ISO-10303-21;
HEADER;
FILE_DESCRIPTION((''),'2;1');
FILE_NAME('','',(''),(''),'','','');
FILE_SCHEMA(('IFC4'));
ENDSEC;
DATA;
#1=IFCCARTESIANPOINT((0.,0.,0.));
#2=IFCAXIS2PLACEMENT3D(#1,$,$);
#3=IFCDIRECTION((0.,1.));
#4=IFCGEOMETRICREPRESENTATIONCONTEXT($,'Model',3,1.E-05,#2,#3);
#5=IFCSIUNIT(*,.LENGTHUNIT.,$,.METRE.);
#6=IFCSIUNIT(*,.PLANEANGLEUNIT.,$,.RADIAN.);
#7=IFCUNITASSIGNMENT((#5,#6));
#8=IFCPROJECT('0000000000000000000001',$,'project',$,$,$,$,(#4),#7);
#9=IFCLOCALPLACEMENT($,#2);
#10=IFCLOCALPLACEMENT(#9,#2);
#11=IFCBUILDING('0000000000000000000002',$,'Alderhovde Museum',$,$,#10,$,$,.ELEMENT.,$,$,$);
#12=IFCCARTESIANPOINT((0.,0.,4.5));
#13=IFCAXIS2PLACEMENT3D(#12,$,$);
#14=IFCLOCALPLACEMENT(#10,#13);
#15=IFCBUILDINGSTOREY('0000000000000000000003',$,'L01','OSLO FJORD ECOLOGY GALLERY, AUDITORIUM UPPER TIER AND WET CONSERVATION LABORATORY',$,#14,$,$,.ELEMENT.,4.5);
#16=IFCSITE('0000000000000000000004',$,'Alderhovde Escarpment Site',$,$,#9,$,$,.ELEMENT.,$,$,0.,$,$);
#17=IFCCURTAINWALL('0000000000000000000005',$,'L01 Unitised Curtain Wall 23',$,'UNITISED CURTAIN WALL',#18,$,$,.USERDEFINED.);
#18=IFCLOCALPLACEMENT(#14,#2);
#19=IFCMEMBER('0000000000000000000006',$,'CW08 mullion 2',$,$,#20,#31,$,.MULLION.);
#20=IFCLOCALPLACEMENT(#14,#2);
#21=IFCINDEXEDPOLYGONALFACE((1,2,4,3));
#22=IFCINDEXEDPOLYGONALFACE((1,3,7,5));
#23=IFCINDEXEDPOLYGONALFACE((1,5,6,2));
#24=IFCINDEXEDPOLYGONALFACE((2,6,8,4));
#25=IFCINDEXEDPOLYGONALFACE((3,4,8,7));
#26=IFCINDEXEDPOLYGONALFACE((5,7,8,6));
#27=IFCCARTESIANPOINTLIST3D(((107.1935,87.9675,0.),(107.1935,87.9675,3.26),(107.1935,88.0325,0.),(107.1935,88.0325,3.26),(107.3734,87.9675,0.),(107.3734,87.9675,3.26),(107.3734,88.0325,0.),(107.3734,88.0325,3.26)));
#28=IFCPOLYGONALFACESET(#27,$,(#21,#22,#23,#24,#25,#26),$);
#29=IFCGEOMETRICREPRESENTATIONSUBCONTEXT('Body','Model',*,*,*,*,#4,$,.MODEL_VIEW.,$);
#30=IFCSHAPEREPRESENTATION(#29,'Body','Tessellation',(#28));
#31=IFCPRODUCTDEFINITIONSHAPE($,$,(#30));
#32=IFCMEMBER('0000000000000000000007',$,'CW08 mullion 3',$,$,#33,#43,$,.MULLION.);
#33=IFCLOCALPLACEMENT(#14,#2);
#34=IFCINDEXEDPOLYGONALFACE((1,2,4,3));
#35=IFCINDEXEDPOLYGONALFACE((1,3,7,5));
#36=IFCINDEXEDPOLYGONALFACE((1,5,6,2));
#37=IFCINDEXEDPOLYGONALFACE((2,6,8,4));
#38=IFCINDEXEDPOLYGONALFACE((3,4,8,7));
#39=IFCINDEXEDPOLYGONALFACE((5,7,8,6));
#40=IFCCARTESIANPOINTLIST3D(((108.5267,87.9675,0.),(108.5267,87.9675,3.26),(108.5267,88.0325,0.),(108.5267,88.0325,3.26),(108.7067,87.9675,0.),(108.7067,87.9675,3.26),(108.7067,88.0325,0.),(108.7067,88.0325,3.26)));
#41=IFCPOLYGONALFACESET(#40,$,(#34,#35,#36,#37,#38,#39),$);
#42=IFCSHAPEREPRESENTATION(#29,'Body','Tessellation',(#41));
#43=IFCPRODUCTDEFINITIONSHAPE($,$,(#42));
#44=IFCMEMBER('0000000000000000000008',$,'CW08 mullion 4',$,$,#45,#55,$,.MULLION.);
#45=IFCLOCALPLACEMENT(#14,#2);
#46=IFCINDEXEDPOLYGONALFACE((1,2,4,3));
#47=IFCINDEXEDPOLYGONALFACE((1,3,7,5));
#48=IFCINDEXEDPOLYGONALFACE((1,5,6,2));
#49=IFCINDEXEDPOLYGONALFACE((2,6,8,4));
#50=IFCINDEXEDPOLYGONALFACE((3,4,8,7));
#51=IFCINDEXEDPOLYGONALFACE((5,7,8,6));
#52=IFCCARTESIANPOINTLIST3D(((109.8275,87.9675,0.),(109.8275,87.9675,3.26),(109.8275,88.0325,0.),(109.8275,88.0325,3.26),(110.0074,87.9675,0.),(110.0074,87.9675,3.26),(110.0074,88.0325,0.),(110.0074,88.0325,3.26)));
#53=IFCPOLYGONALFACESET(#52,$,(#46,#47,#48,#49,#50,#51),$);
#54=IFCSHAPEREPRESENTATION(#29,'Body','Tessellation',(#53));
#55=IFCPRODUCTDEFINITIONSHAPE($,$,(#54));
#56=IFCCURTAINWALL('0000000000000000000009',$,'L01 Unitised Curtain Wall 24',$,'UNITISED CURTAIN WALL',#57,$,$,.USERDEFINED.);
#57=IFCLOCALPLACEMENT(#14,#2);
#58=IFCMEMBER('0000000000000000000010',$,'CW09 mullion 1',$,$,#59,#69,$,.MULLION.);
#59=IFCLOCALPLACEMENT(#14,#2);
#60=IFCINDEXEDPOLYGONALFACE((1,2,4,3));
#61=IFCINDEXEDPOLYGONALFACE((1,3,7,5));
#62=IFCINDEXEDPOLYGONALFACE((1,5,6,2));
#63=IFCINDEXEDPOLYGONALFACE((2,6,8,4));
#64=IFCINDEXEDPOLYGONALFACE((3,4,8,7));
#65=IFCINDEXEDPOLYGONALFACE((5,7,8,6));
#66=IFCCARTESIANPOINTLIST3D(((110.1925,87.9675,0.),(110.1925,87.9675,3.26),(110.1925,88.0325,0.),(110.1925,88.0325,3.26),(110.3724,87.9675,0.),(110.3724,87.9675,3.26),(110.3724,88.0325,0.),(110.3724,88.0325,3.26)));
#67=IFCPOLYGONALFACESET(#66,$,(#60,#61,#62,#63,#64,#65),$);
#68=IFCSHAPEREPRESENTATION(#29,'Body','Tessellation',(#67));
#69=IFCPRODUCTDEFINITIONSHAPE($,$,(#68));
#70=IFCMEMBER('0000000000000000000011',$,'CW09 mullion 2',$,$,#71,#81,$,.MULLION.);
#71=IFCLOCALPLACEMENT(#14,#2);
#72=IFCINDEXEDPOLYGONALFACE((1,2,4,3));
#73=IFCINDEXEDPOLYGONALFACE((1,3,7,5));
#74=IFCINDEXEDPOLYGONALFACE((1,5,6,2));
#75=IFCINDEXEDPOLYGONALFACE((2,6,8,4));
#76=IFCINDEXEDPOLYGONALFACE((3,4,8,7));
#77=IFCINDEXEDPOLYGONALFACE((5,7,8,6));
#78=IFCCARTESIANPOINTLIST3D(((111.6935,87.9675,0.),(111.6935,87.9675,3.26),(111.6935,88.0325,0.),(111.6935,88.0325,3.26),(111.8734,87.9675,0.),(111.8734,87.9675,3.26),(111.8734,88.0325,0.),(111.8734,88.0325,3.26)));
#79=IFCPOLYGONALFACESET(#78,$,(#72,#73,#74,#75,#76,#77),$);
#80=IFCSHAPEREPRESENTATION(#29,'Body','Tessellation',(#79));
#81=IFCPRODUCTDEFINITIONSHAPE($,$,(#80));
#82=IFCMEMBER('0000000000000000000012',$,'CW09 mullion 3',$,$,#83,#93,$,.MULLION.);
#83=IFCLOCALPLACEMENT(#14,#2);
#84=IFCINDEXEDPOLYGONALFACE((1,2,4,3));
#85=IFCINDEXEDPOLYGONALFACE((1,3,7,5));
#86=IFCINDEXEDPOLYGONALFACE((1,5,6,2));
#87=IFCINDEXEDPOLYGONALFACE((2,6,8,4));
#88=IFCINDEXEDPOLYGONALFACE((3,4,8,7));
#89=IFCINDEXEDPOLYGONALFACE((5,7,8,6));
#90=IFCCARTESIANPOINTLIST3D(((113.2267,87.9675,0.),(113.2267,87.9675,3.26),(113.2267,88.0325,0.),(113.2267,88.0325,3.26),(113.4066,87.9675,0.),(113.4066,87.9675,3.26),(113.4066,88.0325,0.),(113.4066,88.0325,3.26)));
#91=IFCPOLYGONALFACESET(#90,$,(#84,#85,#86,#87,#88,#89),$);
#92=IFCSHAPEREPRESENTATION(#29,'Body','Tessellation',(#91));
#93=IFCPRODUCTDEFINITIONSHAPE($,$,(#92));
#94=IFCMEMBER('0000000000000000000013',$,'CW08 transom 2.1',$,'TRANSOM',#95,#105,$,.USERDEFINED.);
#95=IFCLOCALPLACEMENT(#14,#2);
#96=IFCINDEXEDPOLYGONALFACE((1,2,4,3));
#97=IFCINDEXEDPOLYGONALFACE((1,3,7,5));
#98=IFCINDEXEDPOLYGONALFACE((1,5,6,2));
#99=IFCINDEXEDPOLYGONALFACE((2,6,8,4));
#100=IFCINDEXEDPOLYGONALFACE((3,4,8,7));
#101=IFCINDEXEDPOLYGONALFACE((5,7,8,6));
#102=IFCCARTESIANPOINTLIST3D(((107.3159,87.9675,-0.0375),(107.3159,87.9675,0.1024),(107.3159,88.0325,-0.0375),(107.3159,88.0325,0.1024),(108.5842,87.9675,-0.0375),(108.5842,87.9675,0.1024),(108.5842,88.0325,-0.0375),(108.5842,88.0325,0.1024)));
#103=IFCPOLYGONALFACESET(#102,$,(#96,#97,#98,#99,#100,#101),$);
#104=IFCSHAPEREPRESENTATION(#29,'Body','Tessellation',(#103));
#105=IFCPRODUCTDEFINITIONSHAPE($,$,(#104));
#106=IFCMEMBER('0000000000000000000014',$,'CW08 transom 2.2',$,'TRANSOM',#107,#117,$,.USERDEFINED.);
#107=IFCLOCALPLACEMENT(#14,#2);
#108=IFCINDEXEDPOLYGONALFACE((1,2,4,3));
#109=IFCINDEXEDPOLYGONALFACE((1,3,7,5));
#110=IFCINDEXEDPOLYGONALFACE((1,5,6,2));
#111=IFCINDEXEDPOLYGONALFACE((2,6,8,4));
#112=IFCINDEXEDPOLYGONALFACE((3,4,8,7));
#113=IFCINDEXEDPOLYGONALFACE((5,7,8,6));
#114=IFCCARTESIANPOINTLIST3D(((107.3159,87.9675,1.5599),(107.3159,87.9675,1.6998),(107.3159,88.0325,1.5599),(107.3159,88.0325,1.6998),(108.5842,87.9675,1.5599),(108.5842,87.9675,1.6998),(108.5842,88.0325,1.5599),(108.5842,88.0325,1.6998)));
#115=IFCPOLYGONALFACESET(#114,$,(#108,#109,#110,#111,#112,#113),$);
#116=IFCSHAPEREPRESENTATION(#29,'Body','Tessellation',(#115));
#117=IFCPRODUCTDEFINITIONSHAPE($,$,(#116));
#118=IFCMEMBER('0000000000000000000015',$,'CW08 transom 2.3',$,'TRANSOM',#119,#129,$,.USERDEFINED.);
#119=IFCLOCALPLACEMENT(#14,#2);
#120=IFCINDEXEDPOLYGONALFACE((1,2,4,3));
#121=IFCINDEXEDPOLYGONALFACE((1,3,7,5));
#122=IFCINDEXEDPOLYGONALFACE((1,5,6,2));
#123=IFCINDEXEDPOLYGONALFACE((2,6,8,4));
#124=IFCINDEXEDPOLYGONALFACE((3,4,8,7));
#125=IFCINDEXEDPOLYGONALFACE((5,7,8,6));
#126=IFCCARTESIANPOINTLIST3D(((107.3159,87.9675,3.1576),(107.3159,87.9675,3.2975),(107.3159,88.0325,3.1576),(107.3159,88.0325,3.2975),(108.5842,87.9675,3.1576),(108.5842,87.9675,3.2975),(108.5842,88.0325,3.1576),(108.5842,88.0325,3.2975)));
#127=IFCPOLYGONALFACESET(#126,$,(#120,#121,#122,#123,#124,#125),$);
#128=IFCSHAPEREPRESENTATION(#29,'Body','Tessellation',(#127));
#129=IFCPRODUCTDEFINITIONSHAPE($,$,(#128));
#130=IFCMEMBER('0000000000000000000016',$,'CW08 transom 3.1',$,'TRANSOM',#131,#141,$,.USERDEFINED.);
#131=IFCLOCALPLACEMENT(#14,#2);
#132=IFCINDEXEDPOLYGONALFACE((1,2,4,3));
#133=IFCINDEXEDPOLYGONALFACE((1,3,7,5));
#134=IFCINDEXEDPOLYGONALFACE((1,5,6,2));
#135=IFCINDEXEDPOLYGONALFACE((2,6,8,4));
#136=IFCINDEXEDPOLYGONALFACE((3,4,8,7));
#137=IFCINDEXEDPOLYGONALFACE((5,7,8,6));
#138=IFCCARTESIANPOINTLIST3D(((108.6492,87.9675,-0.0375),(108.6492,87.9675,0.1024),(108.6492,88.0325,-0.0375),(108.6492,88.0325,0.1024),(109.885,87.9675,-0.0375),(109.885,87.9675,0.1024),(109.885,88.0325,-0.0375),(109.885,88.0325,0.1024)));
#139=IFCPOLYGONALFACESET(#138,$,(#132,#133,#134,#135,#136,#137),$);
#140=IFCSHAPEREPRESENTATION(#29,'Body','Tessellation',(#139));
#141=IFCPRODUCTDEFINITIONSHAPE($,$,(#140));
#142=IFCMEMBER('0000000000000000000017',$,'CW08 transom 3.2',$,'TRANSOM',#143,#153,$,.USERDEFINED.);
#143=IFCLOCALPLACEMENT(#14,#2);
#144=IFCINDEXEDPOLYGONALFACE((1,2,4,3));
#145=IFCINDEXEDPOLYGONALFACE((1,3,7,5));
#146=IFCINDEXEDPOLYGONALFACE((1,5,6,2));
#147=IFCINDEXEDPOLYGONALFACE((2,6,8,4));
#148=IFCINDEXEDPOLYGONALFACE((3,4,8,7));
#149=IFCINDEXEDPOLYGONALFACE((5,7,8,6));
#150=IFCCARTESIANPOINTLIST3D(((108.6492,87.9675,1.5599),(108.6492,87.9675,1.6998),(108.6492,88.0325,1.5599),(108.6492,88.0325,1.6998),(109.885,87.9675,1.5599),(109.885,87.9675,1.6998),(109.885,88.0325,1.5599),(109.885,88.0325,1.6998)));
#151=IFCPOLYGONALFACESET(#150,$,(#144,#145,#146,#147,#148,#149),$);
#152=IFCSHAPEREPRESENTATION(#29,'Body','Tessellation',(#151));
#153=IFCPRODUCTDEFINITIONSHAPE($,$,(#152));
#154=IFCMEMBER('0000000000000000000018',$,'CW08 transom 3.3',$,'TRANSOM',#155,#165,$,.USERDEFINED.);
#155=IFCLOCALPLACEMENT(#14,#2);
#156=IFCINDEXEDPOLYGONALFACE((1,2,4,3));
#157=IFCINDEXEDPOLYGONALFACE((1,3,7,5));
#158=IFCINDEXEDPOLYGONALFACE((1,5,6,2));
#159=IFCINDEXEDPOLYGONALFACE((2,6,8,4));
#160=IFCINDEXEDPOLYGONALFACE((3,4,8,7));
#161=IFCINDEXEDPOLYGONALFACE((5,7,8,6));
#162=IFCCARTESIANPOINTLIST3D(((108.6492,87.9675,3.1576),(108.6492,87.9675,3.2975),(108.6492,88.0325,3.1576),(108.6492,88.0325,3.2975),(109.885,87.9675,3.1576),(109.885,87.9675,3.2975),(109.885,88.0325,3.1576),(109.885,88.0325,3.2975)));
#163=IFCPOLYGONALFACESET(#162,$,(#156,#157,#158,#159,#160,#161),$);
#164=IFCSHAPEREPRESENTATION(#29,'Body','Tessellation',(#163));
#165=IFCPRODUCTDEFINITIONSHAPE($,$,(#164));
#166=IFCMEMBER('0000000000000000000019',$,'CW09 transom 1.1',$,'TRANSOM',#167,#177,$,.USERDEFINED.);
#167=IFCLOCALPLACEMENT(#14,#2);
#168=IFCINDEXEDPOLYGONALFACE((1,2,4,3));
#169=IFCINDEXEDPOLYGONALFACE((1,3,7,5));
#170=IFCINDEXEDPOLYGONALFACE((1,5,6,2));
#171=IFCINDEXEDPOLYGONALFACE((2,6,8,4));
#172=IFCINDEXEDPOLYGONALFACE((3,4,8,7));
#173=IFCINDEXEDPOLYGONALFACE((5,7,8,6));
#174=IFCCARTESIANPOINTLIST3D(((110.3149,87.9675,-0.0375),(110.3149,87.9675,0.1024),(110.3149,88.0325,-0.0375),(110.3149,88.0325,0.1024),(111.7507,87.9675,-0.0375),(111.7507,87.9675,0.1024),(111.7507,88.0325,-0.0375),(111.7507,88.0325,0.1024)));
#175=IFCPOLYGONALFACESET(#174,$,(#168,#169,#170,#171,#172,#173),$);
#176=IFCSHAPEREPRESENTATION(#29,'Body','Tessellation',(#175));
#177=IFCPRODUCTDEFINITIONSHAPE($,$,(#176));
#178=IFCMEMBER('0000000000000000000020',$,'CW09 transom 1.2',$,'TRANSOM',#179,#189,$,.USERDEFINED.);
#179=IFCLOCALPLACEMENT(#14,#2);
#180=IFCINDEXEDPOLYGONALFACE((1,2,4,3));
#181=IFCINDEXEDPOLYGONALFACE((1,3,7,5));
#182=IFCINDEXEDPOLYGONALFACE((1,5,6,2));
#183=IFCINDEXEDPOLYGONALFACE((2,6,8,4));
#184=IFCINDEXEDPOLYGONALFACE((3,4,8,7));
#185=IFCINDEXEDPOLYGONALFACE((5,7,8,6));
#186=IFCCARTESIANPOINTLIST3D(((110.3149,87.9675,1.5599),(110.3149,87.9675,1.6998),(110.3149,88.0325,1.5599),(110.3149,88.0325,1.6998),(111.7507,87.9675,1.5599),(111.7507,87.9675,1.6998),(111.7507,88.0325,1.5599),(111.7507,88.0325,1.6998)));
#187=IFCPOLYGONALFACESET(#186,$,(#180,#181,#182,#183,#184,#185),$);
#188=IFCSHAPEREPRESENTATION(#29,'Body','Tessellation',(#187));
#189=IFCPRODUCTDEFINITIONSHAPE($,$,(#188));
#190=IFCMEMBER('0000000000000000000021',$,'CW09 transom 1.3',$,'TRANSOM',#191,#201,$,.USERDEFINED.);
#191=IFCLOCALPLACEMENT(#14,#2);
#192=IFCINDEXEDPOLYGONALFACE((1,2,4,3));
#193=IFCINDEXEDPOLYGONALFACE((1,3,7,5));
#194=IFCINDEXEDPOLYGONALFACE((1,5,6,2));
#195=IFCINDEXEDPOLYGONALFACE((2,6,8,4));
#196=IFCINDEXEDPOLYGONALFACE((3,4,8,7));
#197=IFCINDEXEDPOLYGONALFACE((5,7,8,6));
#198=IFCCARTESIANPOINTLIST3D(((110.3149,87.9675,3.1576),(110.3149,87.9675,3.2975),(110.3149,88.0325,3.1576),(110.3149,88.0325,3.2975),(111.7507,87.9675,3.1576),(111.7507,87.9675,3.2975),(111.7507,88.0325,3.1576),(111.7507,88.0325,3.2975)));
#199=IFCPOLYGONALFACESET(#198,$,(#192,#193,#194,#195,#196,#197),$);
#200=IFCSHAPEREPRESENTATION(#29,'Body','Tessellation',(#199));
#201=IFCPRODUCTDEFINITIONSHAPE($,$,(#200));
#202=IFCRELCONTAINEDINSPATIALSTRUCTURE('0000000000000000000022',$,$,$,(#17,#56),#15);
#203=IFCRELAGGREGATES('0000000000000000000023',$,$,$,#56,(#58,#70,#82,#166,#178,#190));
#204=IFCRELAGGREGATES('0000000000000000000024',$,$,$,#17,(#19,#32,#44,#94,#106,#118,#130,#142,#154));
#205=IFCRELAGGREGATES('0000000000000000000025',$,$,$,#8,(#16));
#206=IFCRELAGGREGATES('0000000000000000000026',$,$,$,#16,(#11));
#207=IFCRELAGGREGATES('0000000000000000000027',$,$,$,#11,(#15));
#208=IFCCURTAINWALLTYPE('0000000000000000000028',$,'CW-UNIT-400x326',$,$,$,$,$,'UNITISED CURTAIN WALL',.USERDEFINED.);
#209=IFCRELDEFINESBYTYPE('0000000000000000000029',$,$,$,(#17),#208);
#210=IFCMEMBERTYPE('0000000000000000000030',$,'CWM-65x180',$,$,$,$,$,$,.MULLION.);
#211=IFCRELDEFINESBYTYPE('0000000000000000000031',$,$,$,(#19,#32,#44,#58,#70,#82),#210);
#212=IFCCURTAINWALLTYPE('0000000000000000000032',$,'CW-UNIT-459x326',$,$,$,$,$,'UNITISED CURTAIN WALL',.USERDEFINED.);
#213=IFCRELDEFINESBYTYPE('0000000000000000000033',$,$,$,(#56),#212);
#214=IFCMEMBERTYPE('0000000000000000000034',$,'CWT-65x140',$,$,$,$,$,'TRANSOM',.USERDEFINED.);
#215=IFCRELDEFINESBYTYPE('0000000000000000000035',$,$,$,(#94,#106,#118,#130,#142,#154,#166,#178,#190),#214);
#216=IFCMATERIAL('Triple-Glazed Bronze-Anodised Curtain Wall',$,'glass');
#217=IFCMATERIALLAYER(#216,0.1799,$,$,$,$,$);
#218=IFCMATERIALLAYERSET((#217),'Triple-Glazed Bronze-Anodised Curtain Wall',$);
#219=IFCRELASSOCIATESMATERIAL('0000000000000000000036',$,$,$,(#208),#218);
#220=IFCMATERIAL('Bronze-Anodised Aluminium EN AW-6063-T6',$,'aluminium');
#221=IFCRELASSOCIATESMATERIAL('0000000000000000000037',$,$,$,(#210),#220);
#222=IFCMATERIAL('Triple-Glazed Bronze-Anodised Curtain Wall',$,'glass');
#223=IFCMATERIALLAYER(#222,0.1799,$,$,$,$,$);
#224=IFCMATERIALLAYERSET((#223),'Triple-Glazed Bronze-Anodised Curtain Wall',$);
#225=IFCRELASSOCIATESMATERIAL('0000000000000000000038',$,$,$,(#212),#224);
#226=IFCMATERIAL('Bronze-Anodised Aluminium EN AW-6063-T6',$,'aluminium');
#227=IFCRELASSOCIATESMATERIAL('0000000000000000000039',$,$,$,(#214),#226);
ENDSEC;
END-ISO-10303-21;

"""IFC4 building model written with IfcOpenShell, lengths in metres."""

from ifc_helpers import new_model, si_unit, direction, frame, origin, origin_2d, place, context, subcontext, project, spatial, rectangle, extrude, material, layer, layer_set, material_profile, profile_set, type_object, element, aggregate, save


model = new_model("IFC4")

# Units and contexts
model_context = context("Model", 3, precision=1e-05, world=origin(), true_north=direction((0.0, 1.0)))
body_context = subcontext(model_context, "Body", "Model", "MODEL_VIEW")
ifc_project = project(units=[si_unit("LENGTHUNIT", "METRE"), si_unit("PLANEANGLEUNIT", "RADIAN")], contexts=[model_context])

# Site, building, storey
site_placement = place(None, origin())
site = spatial("IfcSite", under=ifc_project, at=site_placement, Name="Alderhovde Escarpment Site", CompositionType="ELEMENT", RefElevation=0.0)
building_placement = place(site_placement, origin())
building = spatial("IfcBuilding", under=site, at=building_placement, Name="Alderhovde Museum", CompositionType="ELEMENT")
storey_placement = place(building_placement, frame((0.0, 0.0, 4.5)))
storey = spatial("IfcBuildingStorey", under=building, at=storey_placement, Name="L01", Description="OSLO FJORD ECOLOGY GALLERY, AUDITORIUM UPPER TIER AND WET CONSERVATION LABORATORY", CompositionType="ELEMENT", Elevation=4.5)

# Curtain walls, members
ifc_material_1 = material(Name="Triple-Glazed Bronze-Anodised Curtain Wall", Category="glass")
ifc_layer_1 = layer(ifc_material_1, 0.1799)
ifc_layer_set_1 = layer_set([ifc_layer_1], Name="Triple-Glazed Bronze-Anodised Curtain Wall")
curtain_wall_type_1 = type_object("IfcCurtainWallType", Name="CW-UNIT-400x326", ElementType="UNITISED CURTAIN WALL", PredefinedType="USERDEFINED", material=ifc_layer_set_1)
curtain_wall_1_placement = place(storey_placement, origin())
curtain_wall_1 = element("IfcCurtainWall", 1, at=curtain_wall_1_placement, inside=storey, type_object=curtain_wall_type_1, Name="L01 Unitised Curtain Wall 23", ObjectType="UNITISED CURTAIN WALL", PredefinedType="USERDEFINED")
ifc_material_2 = material(Name="Bronze-Anodised Aluminium EN AW-6063-T6", Category="aluminium")
ifc_material_profile_1 = material_profile(ifc_material_2, rectangle(XDim=0.0649, YDim=0.1799, at=origin_2d()), Name="MULLION 65x180")
ifc_profile_set_1 = profile_set([ifc_material_profile_1], Name="Bronze-Anodised Aluminium EN AW-6063-T6")
member_type_1 = type_object("IfcMemberType", Name="CWM-65x180", PredefinedType="MULLION", material=ifc_profile_set_1)
member_1_placement = place(storey_placement, frame((107.2834, 88.0, 0.0), z_axis=(0.0, 0.0, 1.0), x_axis=(0.0, 1.0, 0.0)))
member_1 = element("IfcMember", 2, at=member_1_placement, type_object=member_type_1, Name="CW08 mullion 2", PredefinedType="MULLION", context=body_context, shape_type="SweptSolid", body=[
    extrude(rectangle(XDim=0.0649, YDim=0.1799, at=origin_2d()), origin(), (0.0, 0.0, 1.0), 3.26),
])
member_2_placement = place(storey_placement, frame((108.6167, 88.0, 0.0), z_axis=(0.0, 0.0, 1.0), x_axis=(0.0, 1.0, 0.0)))
member_2 = element("IfcMember", 3, at=member_2_placement, type_object=member_type_1, Name="CW08 mullion 3", PredefinedType="MULLION", context=body_context, shape_type="SweptSolid", body=[
    extrude(rectangle(XDim=0.0649, YDim=0.1799, at=origin_2d()), origin(), (0.0, 0.0, 1.0), 3.26),
])
member_3_placement = place(storey_placement, frame((109.9175, 88.0, 0.0), z_axis=(0.0, 0.0, 1.0), x_axis=(0.0, 1.0, 0.0)))
member_3 = element("IfcMember", 4, at=member_3_placement, type_object=member_type_1, Name="CW08 mullion 4", PredefinedType="MULLION", context=body_context, shape_type="SweptSolid", body=[
    extrude(rectangle(XDim=0.0649, YDim=0.1799, at=origin_2d()), origin(), (0.0, 0.0, 1.0), 3.26),
])
ifc_material_3 = material(Name="Triple-Glazed Bronze-Anodised Curtain Wall", Category="glass")
ifc_layer_2 = layer(ifc_material_3, 0.1799)
ifc_layer_set_2 = layer_set([ifc_layer_2], Name="Triple-Glazed Bronze-Anodised Curtain Wall")
curtain_wall_type_2 = type_object("IfcCurtainWallType", Name="CW-UNIT-459x326", ElementType="UNITISED CURTAIN WALL", PredefinedType="USERDEFINED", material=ifc_layer_set_2)
curtain_wall_2_placement = place(storey_placement, origin())
curtain_wall_2 = element("IfcCurtainWall", 5, at=curtain_wall_2_placement, inside=storey, type_object=curtain_wall_type_2, Name="L01 Unitised Curtain Wall 24", ObjectType="UNITISED CURTAIN WALL", PredefinedType="USERDEFINED")
member_4_placement = place(storey_placement, frame((110.2825, 88.0, 0.0), z_axis=(0.0, 0.0, 1.0), x_axis=(0.0, 1.0, 0.0)))
member_4 = element("IfcMember", 6, at=member_4_placement, type_object=member_type_1, Name="CW09 mullion 1", PredefinedType="MULLION", context=body_context, shape_type="SweptSolid", body=[
    extrude(rectangle(XDim=0.0649, YDim=0.1799, at=origin_2d()), origin(), (0.0, 0.0, 1.0), 3.26),
])
member_5_placement = place(storey_placement, frame((111.7834, 88.0, 0.0), z_axis=(0.0, 0.0, 1.0), x_axis=(0.0, 1.0, 0.0)))
member_5 = element("IfcMember", 7, at=member_5_placement, type_object=member_type_1, Name="CW09 mullion 2", PredefinedType="MULLION", context=body_context, shape_type="SweptSolid", body=[
    extrude(rectangle(XDim=0.0649, YDim=0.1799, at=origin_2d()), origin(), (0.0, 0.0, 1.0), 3.26),
])
member_6_placement = place(storey_placement, frame((113.3167, 88.0, 0.0), z_axis=(0.0, 0.0, 1.0), x_axis=(0.0, 1.0, 0.0)))
member_6 = element("IfcMember", 8, at=member_6_placement, type_object=member_type_1, Name="CW09 mullion 3", PredefinedType="MULLION", context=body_context, shape_type="SweptSolid", body=[
    extrude(rectangle(XDim=0.0649, YDim=0.1799, at=origin_2d()), origin(), (0.0, 0.0, 1.0), 3.26),
])

# Members
ifc_material_4 = material(Name="Bronze-Anodised Aluminium EN AW-6063-T6", Category="aluminium")
ifc_material_profile_2 = material_profile(ifc_material_4, rectangle(XDim=0.0649, YDim=0.1399, at=origin_2d()), Name="TRANSOM 65x140")
ifc_profile_set_2 = profile_set([ifc_material_profile_2], Name="Bronze-Anodised Aluminium EN AW-6063-T6")
member_type_2 = type_object("IfcMemberType", Name="CWT-65x140", ElementType="TRANSOM", PredefinedType="USERDEFINED", material=ifc_profile_set_2)
member_7_placement = place(storey_placement, frame((107.3159, 88.0, 0.0325), z_axis=(1.0, 0.0, 0.0), x_axis=(0.0, 1.0, 0.0)))
member_7 = element("IfcMember", 9, at=member_7_placement, type_object=member_type_2, Name="CW08 transom 2.1", ObjectType="TRANSOM", PredefinedType="USERDEFINED", context=body_context, shape_type="SweptSolid", body=[
    extrude(rectangle(XDim=0.0649, YDim=0.1399, at=origin_2d()), origin(), (0.0, 0.0, 1.0), 1.2683),
])
member_8_placement = place(storey_placement, frame((107.3159, 88.0, 1.6299), z_axis=(1.0, 0.0, 0.0), x_axis=(0.0, 1.0, 0.0)))
member_8 = element("IfcMember", 10, at=member_8_placement, type_object=member_type_2, Name="CW08 transom 2.2", ObjectType="TRANSOM", PredefinedType="USERDEFINED", context=body_context, shape_type="SweptSolid", body=[
    extrude(rectangle(XDim=0.0649, YDim=0.1399, at=origin_2d()), origin(), (0.0, 0.0, 1.0), 1.2683),
])
member_9_placement = place(storey_placement, frame((107.3159, 88.0, 3.2275), z_axis=(1.0, 0.0, 0.0), x_axis=(0.0, 1.0, 0.0)))
member_9 = element("IfcMember", 11, at=member_9_placement, type_object=member_type_2, Name="CW08 transom 2.3", ObjectType="TRANSOM", PredefinedType="USERDEFINED", context=body_context, shape_type="SweptSolid", body=[
    extrude(rectangle(XDim=0.0649, YDim=0.1399, at=origin_2d()), origin(), (0.0, 0.0, 1.0), 1.2683),
])
member_10_placement = place(storey_placement, frame((108.6492, 88.0, 0.0325), z_axis=(1.0, 0.0, 0.0), x_axis=(0.0, 1.0, 0.0)))
member_10 = element("IfcMember", 12, at=member_10_placement, type_object=member_type_2, Name="CW08 transom 3.1", ObjectType="TRANSOM", PredefinedType="USERDEFINED", context=body_context, shape_type="SweptSolid", body=[
    extrude(rectangle(XDim=0.0649, YDim=0.1399, at=origin_2d()), origin(), (0.0, 0.0, 1.0), 1.2358),
])
member_11_placement = place(storey_placement, frame((108.6492, 88.0, 1.6299), z_axis=(1.0, 0.0, 0.0), x_axis=(0.0, 1.0, 0.0)))
member_11 = element("IfcMember", 13, at=member_11_placement, type_object=member_type_2, Name="CW08 transom 3.2", ObjectType="TRANSOM", PredefinedType="USERDEFINED", context=body_context, shape_type="SweptSolid", body=[
    extrude(rectangle(XDim=0.0649, YDim=0.1399, at=origin_2d()), origin(), (0.0, 0.0, 1.0), 1.2358),
])
member_12_placement = place(storey_placement, frame((108.6492, 88.0, 3.2275), z_axis=(1.0, 0.0, 0.0), x_axis=(0.0, 1.0, 0.0)))
member_12 = element("IfcMember", 14, at=member_12_placement, type_object=member_type_2, Name="CW08 transom 3.3", ObjectType="TRANSOM", PredefinedType="USERDEFINED", context=body_context, shape_type="SweptSolid", body=[
    extrude(rectangle(XDim=0.0649, YDim=0.1399, at=origin_2d()), origin(), (0.0, 0.0, 1.0), 1.2358),
])
member_13_placement = place(storey_placement, frame((110.3149, 88.0, 0.0325), z_axis=(1.0, 0.0, 0.0), x_axis=(0.0, 1.0, 0.0)))
member_13 = element("IfcMember", 15, at=member_13_placement, type_object=member_type_2, Name="CW09 transom 1.1", ObjectType="TRANSOM", PredefinedType="USERDEFINED", context=body_context, shape_type="SweptSolid", body=[
    extrude(rectangle(XDim=0.0649, YDim=0.1399, at=origin_2d()), origin(), (0.0, 0.0, 1.0), 1.4358),
])
member_14_placement = place(storey_placement, frame((110.3149, 88.0, 1.6299), z_axis=(1.0, 0.0, 0.0), x_axis=(0.0, 1.0, 0.0)))
member_14 = element("IfcMember", 16, at=member_14_placement, type_object=member_type_2, Name="CW09 transom 1.2", ObjectType="TRANSOM", PredefinedType="USERDEFINED", context=body_context, shape_type="SweptSolid", body=[
    extrude(rectangle(XDim=0.0649, YDim=0.1399, at=origin_2d()), origin(), (0.0, 0.0, 1.0), 1.4358),
])
member_15_placement = place(storey_placement, frame((110.3149, 88.0, 3.2275), z_axis=(1.0, 0.0, 0.0), x_axis=(0.0, 1.0, 0.0)))
member_15 = element("IfcMember", 17, at=member_15_placement, type_object=member_type_2, Name="CW09 transom 1.3", ObjectType="TRANSOM", PredefinedType="USERDEFINED", context=body_context, shape_type="SweptSolid", body=[
    extrude(rectangle(XDim=0.0649, YDim=0.1399, at=origin_2d()), origin(), (0.0, 0.0, 1.0), 1.4358),
])

aggregate(curtain_wall_2, [member_4, member_5, member_6, member_13, member_14, member_15])
aggregate(curtain_wall_1, [member_1, member_2, member_3, member_7, member_8, member_9, member_10, member_11, member_12])

save(model, "model.ifc")
